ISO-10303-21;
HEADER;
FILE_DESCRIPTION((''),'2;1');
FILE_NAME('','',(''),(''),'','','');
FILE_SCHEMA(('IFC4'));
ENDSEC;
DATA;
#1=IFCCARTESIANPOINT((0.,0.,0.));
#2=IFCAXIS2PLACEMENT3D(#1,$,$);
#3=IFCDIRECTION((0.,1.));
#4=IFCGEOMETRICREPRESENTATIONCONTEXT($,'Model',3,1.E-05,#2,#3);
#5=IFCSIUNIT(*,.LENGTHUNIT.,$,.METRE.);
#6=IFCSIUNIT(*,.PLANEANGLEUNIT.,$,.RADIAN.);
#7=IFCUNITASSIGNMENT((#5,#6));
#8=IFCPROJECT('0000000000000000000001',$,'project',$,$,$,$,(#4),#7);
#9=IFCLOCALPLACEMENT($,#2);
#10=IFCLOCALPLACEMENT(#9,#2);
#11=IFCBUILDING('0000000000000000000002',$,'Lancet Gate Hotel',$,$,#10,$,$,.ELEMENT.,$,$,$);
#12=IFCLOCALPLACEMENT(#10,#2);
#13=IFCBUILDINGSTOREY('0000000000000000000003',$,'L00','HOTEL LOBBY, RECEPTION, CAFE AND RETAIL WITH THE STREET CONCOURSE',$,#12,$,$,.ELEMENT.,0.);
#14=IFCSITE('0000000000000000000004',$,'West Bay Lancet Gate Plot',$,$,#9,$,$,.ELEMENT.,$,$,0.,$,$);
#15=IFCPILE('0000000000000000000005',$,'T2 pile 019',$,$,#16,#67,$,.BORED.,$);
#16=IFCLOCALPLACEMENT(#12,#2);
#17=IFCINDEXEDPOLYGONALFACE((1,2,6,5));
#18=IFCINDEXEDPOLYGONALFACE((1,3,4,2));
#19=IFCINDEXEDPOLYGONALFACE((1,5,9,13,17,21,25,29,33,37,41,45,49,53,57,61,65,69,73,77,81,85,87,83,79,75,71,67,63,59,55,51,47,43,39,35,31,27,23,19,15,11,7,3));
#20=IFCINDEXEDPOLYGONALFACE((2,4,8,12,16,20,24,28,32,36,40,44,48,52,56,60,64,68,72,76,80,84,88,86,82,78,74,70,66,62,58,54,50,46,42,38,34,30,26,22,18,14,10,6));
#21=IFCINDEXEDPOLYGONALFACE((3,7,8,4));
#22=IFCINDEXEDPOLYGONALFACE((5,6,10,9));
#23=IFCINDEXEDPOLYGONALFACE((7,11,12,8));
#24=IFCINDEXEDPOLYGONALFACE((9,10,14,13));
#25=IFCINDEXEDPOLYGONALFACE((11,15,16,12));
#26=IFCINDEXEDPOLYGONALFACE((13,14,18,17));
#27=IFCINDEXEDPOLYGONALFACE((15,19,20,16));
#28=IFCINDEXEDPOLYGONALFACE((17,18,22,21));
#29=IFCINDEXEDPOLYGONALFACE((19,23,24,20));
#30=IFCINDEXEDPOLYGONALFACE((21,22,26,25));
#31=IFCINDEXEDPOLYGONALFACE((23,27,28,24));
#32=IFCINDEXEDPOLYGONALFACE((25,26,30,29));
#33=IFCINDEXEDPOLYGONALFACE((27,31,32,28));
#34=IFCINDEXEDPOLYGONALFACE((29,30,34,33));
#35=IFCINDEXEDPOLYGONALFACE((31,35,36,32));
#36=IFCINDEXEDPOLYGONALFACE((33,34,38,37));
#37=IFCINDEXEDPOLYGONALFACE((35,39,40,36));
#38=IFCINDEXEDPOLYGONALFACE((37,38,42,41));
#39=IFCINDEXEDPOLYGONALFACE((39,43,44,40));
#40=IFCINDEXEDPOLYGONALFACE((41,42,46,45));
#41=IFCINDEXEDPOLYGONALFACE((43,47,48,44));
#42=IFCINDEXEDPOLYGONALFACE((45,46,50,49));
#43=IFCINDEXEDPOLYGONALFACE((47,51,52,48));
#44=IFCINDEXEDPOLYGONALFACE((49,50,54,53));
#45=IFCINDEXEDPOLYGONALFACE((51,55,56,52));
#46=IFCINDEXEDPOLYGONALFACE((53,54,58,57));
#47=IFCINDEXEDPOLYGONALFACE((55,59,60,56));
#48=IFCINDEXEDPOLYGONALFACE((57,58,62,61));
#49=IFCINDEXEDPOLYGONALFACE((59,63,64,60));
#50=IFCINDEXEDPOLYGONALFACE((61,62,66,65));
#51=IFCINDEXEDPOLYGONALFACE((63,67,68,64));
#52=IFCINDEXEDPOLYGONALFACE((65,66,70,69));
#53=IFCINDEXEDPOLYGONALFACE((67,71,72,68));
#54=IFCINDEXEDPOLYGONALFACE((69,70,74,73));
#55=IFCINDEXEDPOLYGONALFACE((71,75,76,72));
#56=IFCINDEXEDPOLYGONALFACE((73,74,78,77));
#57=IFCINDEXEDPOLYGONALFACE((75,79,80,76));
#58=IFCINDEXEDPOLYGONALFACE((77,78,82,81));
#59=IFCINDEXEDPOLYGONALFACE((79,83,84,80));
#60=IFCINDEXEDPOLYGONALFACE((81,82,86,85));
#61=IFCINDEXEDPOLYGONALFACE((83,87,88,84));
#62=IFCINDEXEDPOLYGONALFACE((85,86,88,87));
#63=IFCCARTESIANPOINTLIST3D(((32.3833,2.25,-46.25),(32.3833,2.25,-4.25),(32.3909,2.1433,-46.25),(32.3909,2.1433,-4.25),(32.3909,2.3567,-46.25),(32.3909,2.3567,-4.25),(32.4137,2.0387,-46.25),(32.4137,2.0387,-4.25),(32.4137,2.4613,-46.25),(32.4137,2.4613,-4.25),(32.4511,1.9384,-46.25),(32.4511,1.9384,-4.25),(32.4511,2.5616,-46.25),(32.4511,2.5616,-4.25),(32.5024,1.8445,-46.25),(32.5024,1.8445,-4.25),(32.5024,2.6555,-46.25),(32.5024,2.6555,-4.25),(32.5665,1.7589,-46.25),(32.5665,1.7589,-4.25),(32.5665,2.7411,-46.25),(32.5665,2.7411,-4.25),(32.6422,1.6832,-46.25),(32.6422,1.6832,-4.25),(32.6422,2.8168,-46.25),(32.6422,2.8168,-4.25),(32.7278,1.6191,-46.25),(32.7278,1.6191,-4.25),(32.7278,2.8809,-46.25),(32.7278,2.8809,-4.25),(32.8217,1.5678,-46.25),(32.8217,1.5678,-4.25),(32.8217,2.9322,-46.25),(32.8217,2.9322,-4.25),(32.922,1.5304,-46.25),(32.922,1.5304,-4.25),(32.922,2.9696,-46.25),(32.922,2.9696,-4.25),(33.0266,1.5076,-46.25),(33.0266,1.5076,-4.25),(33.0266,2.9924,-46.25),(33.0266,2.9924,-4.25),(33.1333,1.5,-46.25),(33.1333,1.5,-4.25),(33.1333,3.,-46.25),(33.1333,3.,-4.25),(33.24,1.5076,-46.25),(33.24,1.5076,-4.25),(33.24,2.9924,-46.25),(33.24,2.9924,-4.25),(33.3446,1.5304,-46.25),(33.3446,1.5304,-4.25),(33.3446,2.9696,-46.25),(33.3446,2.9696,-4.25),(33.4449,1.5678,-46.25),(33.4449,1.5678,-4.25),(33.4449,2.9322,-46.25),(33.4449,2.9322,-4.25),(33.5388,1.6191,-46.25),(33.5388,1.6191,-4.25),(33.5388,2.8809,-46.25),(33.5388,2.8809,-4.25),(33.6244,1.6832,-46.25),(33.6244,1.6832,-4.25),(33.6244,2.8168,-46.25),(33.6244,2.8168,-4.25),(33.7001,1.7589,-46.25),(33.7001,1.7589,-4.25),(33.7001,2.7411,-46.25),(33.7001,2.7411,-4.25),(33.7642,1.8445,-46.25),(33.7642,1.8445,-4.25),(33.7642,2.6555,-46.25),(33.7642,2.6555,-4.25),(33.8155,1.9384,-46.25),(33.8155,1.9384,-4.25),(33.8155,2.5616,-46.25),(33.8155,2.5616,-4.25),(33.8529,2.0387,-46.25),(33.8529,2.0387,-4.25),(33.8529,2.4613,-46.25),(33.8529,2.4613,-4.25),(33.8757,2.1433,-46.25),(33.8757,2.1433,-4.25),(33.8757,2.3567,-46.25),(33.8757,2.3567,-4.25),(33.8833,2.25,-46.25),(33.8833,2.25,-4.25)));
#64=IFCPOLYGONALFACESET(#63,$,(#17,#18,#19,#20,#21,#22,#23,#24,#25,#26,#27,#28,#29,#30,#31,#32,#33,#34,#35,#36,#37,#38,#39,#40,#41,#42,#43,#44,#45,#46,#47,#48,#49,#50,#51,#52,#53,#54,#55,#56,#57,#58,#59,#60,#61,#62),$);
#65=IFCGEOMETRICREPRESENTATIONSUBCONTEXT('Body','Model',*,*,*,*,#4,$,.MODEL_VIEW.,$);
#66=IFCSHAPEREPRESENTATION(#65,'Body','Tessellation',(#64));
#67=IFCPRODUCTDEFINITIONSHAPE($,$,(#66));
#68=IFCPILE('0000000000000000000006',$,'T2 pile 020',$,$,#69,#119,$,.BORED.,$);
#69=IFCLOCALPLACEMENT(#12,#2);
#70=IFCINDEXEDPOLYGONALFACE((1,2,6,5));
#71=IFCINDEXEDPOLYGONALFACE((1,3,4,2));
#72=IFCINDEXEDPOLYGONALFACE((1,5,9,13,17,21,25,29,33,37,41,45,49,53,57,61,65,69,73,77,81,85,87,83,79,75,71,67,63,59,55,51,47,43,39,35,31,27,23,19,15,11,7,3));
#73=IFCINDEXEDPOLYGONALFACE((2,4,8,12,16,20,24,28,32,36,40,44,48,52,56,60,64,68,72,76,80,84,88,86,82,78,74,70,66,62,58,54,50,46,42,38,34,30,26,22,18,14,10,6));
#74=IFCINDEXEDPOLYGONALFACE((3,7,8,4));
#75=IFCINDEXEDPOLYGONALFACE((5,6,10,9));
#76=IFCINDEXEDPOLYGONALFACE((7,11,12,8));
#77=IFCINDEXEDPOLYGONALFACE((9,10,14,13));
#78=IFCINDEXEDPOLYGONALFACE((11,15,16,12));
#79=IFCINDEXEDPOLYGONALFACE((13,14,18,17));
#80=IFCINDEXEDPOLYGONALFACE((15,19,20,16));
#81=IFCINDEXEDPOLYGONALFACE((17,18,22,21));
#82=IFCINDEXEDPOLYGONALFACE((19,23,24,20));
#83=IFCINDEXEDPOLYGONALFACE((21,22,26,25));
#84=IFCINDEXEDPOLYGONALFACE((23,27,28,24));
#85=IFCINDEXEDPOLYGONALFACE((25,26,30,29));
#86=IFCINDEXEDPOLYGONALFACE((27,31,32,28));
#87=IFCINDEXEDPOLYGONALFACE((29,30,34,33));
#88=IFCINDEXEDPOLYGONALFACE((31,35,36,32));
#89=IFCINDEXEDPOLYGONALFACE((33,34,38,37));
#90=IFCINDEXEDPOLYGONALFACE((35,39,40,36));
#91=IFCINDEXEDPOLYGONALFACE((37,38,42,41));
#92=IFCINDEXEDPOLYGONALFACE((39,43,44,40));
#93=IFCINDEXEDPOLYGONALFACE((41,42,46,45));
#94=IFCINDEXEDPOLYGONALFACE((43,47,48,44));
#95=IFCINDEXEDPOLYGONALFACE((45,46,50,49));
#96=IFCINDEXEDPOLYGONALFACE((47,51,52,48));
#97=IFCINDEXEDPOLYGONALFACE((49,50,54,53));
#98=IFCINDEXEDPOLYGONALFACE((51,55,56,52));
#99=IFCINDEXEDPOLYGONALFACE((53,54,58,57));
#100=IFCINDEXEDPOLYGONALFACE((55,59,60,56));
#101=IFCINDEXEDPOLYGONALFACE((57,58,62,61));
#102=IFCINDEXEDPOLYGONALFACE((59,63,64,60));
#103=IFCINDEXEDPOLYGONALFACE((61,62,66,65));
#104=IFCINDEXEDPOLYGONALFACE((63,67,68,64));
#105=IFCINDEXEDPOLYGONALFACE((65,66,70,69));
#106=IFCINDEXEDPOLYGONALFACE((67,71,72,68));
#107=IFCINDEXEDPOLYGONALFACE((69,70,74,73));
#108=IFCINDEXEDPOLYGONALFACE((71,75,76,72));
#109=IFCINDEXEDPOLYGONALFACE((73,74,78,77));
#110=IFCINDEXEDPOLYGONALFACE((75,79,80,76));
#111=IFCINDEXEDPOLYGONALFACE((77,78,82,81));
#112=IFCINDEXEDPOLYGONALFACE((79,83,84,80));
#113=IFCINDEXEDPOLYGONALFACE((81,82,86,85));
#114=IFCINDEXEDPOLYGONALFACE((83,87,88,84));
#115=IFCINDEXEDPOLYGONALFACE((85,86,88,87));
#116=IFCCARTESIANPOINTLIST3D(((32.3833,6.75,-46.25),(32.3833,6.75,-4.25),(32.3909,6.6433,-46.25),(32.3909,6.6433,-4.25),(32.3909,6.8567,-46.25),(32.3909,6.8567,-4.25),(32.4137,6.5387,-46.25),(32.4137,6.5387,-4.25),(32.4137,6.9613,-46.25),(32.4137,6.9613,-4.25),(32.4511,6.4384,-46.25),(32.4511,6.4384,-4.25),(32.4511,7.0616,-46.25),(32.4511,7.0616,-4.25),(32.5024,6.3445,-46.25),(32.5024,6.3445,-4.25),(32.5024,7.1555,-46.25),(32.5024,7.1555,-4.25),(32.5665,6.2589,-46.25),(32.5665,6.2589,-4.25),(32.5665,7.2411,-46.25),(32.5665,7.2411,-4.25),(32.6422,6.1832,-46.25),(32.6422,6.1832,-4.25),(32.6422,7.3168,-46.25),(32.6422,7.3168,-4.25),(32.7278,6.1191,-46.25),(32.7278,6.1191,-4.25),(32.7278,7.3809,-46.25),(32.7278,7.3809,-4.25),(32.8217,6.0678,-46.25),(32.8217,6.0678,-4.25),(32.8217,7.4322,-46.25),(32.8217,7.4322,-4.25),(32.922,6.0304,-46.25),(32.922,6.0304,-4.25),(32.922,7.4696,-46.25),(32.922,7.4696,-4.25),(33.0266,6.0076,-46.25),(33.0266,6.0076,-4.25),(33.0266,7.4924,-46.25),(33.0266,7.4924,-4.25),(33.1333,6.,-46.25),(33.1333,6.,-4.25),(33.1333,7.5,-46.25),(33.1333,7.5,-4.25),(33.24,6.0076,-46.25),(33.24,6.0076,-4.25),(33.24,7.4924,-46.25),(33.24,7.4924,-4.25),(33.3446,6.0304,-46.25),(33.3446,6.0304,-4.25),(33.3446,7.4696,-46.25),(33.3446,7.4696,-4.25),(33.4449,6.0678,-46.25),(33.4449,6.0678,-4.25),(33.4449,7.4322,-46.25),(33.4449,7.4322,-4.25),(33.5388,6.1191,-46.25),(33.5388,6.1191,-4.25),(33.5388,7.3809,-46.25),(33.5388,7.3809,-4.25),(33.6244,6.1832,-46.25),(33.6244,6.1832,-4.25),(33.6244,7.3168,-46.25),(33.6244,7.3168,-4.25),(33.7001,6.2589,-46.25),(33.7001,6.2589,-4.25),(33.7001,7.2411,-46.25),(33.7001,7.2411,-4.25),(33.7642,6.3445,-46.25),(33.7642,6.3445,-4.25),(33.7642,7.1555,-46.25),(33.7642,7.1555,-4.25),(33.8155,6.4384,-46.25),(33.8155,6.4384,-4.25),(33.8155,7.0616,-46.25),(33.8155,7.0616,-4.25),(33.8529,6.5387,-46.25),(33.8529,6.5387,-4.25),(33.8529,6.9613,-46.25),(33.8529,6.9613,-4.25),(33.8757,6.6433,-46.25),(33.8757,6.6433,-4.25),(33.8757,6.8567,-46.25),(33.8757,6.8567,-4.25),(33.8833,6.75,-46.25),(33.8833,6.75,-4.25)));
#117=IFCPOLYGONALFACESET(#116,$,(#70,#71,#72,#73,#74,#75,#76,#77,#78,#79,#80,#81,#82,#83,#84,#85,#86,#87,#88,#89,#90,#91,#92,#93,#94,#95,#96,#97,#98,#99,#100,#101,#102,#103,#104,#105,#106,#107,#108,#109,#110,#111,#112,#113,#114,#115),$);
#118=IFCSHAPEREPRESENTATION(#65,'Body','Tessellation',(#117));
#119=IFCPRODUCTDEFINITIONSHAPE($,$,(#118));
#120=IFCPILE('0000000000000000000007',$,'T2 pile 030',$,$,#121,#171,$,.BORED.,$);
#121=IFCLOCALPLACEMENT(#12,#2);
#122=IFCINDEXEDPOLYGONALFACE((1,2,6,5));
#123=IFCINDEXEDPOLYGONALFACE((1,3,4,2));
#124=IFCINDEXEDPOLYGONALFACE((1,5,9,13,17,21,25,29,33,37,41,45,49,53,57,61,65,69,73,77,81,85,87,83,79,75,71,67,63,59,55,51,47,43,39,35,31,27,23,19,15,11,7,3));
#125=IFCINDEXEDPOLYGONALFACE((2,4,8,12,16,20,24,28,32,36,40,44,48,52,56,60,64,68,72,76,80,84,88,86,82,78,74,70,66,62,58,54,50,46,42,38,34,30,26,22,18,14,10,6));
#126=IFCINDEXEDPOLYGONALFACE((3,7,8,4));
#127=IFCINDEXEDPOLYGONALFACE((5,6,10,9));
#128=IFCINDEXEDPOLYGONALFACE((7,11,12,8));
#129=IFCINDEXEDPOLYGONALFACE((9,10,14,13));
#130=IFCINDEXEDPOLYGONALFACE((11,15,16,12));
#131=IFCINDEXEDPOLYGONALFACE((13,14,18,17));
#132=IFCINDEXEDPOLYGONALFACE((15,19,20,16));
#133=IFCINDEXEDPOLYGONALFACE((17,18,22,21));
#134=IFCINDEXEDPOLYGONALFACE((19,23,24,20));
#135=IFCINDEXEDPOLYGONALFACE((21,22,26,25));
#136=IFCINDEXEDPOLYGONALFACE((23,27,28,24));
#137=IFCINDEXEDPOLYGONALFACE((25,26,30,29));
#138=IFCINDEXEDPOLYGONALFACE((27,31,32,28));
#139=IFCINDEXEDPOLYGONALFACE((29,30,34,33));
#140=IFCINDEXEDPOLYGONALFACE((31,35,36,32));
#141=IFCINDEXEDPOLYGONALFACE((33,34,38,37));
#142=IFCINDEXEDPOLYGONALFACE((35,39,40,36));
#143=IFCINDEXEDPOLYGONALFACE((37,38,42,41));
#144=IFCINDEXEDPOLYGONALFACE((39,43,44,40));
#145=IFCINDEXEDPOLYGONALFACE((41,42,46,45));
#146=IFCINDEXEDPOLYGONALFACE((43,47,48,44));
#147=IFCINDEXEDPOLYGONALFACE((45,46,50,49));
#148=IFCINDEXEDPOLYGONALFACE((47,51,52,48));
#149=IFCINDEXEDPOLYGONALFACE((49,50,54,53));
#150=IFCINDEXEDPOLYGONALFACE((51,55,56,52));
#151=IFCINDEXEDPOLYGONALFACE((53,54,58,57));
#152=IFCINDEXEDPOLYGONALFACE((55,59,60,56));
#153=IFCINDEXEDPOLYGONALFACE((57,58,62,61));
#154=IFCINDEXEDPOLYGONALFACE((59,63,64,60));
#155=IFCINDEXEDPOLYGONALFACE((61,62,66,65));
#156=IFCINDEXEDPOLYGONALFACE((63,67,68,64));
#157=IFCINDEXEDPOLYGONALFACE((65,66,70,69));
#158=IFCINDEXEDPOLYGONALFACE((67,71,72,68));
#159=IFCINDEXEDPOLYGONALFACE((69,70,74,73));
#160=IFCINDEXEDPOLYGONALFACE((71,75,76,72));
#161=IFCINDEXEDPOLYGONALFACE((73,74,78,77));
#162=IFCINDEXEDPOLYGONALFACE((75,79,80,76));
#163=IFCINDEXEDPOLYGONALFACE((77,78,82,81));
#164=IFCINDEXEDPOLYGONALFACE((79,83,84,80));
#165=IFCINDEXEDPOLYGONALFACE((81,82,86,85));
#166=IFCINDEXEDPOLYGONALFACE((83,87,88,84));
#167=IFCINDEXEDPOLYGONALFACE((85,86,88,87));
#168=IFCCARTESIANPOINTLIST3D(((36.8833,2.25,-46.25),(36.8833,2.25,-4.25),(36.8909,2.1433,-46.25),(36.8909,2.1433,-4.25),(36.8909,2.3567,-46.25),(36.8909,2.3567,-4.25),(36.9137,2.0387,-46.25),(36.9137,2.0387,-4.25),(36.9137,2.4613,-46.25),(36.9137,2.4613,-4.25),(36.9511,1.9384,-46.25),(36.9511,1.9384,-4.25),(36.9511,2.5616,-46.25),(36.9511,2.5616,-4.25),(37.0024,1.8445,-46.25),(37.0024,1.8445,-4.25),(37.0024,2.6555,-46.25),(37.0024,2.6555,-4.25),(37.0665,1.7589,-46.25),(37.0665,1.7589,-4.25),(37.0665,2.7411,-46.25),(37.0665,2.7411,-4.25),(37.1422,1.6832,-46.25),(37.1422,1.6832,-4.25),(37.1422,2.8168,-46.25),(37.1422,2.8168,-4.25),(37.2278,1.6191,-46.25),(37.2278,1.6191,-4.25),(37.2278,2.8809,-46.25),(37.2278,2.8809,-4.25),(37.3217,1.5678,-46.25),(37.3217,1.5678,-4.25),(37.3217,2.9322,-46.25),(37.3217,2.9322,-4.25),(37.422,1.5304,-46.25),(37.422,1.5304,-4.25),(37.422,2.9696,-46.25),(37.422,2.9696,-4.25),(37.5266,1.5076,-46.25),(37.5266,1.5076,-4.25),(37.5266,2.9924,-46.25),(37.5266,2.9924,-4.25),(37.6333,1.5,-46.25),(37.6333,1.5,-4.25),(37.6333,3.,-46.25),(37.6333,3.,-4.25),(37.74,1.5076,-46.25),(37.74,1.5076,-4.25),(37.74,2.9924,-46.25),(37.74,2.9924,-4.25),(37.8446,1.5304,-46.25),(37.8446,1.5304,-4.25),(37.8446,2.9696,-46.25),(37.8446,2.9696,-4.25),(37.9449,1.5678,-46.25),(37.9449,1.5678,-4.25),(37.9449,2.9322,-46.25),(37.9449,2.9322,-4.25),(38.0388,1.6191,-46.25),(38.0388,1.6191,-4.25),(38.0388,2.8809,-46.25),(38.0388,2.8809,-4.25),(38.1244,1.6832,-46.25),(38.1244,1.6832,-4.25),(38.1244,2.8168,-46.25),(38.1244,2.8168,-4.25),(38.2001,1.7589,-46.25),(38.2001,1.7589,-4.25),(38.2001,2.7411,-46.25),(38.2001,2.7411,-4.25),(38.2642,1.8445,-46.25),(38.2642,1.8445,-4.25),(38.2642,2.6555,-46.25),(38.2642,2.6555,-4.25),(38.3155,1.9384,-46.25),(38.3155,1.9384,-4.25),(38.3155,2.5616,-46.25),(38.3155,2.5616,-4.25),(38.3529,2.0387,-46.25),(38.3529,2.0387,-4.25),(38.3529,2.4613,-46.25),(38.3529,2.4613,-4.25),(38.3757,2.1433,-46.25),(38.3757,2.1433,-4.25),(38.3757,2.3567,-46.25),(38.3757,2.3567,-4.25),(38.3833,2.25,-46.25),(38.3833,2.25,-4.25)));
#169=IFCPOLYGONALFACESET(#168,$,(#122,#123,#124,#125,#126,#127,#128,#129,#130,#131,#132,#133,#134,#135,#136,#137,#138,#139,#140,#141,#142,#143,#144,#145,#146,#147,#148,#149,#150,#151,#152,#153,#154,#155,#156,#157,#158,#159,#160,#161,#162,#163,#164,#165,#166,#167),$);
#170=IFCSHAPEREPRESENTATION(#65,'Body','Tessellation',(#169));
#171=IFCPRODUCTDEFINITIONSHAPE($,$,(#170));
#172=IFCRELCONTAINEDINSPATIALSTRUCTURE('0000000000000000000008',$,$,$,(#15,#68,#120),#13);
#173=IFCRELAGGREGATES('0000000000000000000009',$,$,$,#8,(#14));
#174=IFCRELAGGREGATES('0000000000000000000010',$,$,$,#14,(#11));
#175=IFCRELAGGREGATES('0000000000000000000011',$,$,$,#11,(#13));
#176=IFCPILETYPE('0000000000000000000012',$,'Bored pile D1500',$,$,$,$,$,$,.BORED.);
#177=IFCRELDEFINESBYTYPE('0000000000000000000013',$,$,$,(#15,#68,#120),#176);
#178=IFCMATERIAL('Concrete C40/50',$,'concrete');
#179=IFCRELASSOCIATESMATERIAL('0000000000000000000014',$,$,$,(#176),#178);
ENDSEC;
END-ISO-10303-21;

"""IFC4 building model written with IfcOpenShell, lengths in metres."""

from ifc_helpers import new_model, si_unit, direction, frame, origin, origin_2d, place, context, subcontext, project, spatial, circle, extrude, material, material_profile, profile_set, type_object, element, save


model = new_model("IFC4")

# Units and contexts
model_context = context("Model", 3, precision=1e-05, world=origin(), true_north=direction((0.0, 1.0)))
body_context = subcontext(model_context, "Body", "Model", "MODEL_VIEW")
ifc_project = project(units=[si_unit("LENGTHUNIT", "METRE"), si_unit("PLANEANGLEUNIT", "RADIAN")], contexts=[model_context])

# Site, building, storey
site_placement = place(None, origin())
site = spatial("IfcSite", under=ifc_project, at=site_placement, Name="West Bay Lancet Gate Plot", CompositionType="ELEMENT", RefElevation=0.0)
building_placement = place(site_placement, origin())
building = spatial("IfcBuilding", under=site, at=building_placement, Name="Lancet Gate Hotel", CompositionType="ELEMENT")
storey_placement = place(building_placement, origin())
storey = spatial("IfcBuildingStorey", under=building, at=storey_placement, Name="L00", Description="HOTEL LOBBY, RECEPTION, CAFE AND RETAIL WITH THE STREET CONCOURSE", CompositionType="ELEMENT", Elevation=0.0)

# Piles
ifc_material_1 = material(Name="Concrete C40/50", Category="concrete")
ifc_material_profile_1 = material_profile(ifc_material_1, circle(Radius=0.75, at=origin_2d()), Name="PILE D1500")
ifc_profile_set_1 = profile_set([ifc_material_profile_1], Name="Concrete C40/50")
pile_type = type_object("IfcPileType", Name="Bored pile D1500", PredefinedType="BORED", material=ifc_profile_set_1)
for number, where, z_axis, x_axis, name in (
    (1, (33.1333, 2.25, -4.25), (0.0, 0.0, -1.0), (1.0, 0.0, 0.0), "T2 pile 019"),
    (2, (33.1333, 6.75, -4.25), (0.0, 0.0, -1.0), (1.0, 0.0, 0.0), "T2 pile 020"),
    (3, (37.6333, 2.25, -4.25), (0.0, 0.0, -1.0), (1.0, 0.0, 0.0), "T2 pile 030"),
):
    element("IfcPile", number, at=place(storey_placement, frame(where, z_axis=z_axis, x_axis=x_axis)), inside=storey, type_object=pile_type, Name=name, PredefinedType="BORED", context=body_context, shape_type="SweptSolid", body=[
        extrude(circle(Radius=0.75, at=origin_2d()), origin(), (0.0, 0.0, 1.0), 42.0),
    ])

save(model, "model.ifc")
